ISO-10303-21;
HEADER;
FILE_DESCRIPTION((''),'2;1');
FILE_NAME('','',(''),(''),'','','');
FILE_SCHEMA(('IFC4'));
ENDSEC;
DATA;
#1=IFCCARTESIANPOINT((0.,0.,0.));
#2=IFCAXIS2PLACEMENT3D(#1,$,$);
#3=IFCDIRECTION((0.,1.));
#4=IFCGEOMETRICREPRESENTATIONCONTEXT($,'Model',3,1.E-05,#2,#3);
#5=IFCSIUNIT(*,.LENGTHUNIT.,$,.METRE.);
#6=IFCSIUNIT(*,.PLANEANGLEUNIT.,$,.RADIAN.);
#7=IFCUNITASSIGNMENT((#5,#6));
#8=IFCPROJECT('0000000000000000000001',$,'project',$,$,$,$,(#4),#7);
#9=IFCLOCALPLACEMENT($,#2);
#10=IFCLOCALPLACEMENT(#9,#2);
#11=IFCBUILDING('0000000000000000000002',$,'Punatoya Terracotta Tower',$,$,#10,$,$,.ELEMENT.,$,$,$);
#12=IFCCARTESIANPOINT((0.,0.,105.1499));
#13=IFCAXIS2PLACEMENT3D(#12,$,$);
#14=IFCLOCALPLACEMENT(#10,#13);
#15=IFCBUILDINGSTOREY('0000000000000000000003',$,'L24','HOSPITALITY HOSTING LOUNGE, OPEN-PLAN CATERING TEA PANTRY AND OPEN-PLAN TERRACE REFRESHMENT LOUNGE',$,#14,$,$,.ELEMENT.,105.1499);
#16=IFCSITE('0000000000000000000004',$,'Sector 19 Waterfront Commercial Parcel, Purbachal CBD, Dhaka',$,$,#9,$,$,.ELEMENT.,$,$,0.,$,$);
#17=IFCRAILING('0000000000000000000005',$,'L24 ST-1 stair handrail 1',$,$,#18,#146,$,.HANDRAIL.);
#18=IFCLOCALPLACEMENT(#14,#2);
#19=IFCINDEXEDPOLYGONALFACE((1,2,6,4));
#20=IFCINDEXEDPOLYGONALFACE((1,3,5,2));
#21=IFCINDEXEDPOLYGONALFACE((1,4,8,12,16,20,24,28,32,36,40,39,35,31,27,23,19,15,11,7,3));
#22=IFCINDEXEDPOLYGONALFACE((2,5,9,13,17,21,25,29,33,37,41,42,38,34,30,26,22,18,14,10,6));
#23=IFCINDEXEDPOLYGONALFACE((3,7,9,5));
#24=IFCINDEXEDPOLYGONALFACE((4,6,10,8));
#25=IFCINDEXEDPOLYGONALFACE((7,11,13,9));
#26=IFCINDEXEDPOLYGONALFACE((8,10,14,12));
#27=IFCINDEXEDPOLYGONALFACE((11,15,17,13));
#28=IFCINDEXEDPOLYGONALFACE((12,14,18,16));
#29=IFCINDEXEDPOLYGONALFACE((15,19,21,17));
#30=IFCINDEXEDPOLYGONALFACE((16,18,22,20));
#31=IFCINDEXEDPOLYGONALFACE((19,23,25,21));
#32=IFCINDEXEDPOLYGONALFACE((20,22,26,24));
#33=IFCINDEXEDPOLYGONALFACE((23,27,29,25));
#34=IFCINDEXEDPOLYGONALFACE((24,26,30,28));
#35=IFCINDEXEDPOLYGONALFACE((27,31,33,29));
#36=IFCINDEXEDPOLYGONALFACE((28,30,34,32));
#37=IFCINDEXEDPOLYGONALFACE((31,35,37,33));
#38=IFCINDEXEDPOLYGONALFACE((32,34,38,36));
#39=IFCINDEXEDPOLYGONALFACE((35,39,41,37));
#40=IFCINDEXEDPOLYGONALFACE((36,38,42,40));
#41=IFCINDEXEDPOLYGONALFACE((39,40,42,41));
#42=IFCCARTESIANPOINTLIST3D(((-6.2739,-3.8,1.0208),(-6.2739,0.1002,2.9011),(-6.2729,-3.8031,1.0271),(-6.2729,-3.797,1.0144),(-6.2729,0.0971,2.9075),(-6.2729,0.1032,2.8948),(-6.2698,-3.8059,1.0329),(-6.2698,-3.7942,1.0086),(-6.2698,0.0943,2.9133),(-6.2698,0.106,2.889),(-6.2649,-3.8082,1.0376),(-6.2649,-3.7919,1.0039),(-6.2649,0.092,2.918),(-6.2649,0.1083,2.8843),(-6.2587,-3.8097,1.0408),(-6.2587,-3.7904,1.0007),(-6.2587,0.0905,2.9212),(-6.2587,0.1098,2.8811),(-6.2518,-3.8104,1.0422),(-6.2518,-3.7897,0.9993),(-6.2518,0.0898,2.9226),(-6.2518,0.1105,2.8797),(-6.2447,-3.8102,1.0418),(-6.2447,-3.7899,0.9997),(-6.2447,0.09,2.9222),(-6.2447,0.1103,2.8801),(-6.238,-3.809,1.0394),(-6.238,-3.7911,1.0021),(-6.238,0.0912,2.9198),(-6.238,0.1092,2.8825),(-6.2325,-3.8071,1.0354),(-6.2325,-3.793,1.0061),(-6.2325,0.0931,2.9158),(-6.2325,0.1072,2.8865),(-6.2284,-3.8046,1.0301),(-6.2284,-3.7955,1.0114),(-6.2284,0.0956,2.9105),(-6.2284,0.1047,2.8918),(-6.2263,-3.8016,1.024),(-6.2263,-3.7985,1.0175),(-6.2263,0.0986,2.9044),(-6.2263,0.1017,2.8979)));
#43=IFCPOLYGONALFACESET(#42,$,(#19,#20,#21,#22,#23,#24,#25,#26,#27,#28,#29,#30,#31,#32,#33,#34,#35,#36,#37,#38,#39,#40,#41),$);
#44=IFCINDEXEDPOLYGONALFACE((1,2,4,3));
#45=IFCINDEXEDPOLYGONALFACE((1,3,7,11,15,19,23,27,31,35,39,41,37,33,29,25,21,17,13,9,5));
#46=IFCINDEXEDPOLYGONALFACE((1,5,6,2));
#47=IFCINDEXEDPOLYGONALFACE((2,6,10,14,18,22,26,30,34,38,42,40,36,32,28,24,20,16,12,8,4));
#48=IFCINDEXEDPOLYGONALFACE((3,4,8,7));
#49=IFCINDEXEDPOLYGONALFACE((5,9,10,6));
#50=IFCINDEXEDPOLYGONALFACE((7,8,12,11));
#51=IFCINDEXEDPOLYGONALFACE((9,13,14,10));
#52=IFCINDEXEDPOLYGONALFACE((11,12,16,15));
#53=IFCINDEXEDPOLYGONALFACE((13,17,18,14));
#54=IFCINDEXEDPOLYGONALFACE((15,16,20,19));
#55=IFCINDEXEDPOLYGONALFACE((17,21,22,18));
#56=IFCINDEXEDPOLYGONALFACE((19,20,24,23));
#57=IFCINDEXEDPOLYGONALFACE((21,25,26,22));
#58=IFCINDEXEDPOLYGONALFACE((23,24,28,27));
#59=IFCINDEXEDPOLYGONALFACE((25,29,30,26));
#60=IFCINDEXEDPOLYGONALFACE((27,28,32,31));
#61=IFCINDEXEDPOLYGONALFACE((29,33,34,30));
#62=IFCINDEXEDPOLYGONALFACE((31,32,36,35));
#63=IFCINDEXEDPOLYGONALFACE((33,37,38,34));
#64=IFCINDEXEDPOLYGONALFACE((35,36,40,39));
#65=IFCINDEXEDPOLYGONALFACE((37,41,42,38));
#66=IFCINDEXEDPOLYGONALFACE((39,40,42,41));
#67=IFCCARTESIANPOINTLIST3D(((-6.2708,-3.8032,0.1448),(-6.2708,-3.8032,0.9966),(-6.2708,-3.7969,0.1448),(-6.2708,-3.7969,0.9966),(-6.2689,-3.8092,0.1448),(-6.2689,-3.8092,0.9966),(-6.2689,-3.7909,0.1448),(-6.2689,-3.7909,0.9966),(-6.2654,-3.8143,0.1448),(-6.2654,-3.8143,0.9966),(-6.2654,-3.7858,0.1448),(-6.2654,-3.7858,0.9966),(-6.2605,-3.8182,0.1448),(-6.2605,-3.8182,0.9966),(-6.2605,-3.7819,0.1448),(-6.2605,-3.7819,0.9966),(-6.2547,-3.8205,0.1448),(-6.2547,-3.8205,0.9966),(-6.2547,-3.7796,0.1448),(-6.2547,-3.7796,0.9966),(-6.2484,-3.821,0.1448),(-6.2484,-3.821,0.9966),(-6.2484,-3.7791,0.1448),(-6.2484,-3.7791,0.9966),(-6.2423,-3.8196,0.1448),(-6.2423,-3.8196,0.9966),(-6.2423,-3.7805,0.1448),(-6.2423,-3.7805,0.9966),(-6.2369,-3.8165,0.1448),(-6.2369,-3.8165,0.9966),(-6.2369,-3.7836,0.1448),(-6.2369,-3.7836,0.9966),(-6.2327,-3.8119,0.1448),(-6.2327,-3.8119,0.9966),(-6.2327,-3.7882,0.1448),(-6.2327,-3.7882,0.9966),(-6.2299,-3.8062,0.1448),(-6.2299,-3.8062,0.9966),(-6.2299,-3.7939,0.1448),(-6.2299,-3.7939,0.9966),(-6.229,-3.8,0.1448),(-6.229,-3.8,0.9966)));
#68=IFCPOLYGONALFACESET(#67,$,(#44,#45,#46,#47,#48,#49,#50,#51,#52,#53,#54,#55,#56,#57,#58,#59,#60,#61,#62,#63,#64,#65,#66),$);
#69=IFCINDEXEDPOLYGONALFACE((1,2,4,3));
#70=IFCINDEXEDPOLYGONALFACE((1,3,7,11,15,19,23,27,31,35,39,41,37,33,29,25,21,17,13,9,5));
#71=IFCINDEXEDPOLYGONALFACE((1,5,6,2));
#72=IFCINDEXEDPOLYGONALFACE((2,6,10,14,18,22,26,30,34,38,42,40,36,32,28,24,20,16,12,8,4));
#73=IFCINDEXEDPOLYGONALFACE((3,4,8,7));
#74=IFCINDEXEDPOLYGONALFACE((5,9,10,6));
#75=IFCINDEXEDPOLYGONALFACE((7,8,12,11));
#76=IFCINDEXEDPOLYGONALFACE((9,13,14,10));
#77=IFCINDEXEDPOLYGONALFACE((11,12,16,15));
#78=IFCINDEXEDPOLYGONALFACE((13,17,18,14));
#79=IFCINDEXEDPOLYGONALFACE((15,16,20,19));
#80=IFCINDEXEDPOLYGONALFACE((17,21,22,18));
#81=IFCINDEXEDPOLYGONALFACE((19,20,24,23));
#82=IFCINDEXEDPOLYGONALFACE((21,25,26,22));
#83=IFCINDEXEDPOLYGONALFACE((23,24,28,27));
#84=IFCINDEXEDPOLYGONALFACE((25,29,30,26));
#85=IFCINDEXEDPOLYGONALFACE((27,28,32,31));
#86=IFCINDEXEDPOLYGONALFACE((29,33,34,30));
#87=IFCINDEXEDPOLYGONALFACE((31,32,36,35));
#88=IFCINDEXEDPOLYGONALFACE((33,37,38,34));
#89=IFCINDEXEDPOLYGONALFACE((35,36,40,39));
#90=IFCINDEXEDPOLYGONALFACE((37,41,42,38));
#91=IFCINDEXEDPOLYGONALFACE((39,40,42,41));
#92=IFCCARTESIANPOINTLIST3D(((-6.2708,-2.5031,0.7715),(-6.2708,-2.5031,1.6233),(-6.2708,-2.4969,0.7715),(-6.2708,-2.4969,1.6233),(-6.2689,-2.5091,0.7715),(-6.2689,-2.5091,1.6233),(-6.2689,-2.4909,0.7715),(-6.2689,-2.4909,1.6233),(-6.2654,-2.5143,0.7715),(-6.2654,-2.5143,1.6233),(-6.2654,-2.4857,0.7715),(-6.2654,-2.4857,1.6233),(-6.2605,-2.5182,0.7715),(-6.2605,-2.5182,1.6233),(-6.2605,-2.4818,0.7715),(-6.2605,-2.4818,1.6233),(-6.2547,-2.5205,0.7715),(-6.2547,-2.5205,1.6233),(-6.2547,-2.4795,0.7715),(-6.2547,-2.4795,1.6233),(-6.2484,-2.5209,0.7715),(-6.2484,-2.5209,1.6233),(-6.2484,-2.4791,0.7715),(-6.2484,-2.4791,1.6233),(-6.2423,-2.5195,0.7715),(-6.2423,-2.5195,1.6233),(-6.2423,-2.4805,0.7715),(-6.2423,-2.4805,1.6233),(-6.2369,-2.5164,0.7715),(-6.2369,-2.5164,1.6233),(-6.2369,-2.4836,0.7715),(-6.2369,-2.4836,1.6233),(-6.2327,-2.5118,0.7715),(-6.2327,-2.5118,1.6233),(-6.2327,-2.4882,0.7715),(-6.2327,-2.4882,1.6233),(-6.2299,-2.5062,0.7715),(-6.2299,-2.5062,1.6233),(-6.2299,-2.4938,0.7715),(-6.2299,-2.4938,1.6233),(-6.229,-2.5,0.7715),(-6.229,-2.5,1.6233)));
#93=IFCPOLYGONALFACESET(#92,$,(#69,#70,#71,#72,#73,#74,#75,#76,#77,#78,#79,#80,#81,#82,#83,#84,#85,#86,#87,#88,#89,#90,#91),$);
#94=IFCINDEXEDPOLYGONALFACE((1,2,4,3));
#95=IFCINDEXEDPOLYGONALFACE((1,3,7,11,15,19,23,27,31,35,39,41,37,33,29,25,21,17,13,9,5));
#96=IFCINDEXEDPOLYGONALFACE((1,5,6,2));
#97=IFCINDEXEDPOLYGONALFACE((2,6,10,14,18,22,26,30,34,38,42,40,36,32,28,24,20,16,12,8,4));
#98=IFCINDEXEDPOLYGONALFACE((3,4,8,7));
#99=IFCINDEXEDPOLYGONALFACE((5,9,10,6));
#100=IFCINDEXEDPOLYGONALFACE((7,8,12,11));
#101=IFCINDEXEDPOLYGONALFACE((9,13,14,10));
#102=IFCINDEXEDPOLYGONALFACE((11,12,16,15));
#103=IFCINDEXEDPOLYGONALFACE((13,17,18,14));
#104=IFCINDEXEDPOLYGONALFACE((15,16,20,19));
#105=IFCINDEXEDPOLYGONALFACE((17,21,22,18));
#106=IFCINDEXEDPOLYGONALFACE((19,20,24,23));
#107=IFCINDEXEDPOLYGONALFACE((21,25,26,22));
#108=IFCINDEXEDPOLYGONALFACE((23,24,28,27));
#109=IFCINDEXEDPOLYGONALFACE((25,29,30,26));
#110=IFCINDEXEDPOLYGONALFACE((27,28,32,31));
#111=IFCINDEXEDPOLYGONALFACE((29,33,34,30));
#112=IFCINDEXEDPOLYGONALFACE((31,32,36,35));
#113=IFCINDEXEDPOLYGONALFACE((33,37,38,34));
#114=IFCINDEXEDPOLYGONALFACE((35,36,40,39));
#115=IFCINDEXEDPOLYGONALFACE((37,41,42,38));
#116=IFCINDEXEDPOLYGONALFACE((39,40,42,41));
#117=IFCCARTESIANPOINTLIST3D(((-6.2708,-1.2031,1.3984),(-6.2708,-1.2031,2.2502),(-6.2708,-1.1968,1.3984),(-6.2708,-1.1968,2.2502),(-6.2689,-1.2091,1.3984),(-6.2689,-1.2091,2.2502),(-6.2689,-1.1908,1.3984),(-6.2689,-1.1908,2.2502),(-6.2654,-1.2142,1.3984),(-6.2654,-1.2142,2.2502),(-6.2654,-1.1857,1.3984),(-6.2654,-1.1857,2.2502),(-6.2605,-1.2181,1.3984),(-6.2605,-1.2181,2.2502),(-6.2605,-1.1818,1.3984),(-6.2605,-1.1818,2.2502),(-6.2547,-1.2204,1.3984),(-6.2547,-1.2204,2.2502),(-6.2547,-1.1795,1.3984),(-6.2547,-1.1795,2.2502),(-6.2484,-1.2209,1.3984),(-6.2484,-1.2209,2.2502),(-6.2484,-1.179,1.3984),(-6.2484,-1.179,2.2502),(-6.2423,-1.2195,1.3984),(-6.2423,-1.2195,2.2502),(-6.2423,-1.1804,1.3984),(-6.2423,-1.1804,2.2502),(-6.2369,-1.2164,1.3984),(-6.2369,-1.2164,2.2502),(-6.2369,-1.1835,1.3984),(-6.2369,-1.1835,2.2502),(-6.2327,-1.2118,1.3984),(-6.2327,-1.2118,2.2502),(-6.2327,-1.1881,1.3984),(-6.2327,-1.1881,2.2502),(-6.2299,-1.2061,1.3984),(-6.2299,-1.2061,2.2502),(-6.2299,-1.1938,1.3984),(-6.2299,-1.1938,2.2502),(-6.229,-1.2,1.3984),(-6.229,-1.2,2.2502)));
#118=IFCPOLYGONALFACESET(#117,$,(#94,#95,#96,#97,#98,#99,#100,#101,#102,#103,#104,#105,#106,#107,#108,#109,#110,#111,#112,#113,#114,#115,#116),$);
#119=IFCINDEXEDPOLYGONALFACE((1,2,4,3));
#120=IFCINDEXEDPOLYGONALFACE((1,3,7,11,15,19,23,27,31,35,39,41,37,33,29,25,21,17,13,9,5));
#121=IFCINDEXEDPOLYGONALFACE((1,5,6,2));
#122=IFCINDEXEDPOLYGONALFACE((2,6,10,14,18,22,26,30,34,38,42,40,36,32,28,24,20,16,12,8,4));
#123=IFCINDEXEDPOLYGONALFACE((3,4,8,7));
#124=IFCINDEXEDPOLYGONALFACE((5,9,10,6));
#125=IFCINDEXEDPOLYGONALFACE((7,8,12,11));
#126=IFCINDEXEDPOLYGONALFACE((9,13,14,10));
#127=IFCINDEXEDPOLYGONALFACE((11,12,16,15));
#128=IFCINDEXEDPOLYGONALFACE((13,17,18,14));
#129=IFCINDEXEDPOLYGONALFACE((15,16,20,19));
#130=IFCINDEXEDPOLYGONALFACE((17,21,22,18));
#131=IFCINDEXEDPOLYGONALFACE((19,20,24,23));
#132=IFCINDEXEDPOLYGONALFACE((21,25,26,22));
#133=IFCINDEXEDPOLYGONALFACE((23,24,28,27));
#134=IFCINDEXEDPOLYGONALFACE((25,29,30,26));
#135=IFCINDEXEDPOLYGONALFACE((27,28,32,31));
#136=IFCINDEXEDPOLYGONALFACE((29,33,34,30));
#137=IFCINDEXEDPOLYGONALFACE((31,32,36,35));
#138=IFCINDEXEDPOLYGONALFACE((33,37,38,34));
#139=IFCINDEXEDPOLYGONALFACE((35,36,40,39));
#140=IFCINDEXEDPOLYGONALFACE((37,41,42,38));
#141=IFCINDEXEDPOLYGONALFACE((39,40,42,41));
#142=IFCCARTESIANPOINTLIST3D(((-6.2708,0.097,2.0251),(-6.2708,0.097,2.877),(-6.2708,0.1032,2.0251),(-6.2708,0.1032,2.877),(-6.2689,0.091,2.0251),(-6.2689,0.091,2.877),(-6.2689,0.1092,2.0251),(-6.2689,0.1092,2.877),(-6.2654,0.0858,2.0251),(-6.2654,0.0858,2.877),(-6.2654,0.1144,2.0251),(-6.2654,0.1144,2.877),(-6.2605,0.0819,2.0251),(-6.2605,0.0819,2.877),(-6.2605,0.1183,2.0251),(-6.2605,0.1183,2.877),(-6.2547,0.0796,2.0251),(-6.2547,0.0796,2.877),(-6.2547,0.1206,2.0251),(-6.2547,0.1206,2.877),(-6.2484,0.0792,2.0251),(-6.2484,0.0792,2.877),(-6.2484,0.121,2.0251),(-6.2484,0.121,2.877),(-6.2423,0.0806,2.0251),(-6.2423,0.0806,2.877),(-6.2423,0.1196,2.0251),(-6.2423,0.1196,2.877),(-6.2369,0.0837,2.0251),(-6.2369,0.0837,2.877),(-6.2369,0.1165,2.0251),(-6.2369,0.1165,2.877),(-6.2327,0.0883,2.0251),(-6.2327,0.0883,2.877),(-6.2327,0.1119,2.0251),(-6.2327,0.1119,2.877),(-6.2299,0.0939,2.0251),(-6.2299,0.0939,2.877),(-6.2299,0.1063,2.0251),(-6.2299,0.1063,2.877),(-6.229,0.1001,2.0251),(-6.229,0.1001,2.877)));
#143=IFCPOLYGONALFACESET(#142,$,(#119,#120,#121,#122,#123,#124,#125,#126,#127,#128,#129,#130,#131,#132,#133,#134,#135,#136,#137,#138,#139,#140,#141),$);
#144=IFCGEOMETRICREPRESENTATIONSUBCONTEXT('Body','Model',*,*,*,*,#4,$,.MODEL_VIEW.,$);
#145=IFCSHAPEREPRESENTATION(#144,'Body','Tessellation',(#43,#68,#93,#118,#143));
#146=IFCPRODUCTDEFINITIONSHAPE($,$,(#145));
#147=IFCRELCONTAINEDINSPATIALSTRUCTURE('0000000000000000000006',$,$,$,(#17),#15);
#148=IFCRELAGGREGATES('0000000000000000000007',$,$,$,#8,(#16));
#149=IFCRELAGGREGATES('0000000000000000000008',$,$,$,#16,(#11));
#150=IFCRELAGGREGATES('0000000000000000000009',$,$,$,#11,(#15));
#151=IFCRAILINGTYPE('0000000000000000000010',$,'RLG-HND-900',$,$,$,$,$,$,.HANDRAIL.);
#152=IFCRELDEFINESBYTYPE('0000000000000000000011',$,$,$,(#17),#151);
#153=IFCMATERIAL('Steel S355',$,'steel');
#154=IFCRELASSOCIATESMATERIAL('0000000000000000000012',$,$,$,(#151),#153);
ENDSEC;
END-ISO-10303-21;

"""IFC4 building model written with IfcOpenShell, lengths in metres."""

from ifc_helpers import new_model, si_unit, direction, frame, origin, origin_2d, place, context, subcontext, project, spatial, circle, extrude, material, type_object, element, save


model = new_model("IFC4")

# Units and contexts
model_context = context("Model", 3, precision=1e-05, world=origin(), true_north=direction((0.0, 1.0)))
body_context = subcontext(model_context, "Body", "Model", "MODEL_VIEW")
ifc_project = project(units=[si_unit("LENGTHUNIT", "METRE"), si_unit("PLANEANGLEUNIT", "RADIAN")], contexts=[model_context])

# Site, building, storey
site_placement = place(None, origin())
site = spatial("IfcSite", under=ifc_project, at=site_placement, Name="Sector 19 Waterfront Commercial Parcel, Purbachal CBD, Dhaka", CompositionType="ELEMENT", RefElevation=0.0)
building_placement = place(site_placement, origin())
building = spatial("IfcBuilding", under=site, at=building_placement, Name="Punatoya Terracotta Tower", CompositionType="ELEMENT")
storey_placement = place(building_placement, frame((0.0, 0.0, 105.1499)))
storey = spatial("IfcBuildingStorey", under=building, at=storey_placement, Name="L24", Description="HOSPITALITY HOSTING LOUNGE, OPEN-PLAN CATERING TEA PANTRY AND OPEN-PLAN TERRACE REFRESHMENT LOUNGE", CompositionType="ELEMENT", Elevation=105.1499)

# Shared definitions
ifc_material_1 = material(Name="Steel S355", Category="steel")

# Railing
railing_type_1 = type_object("IfcRailingType", Name="RLG-HND-900", PredefinedType="HANDRAIL", material=ifc_material_1)
railing_1_placement = place(storey_placement, frame((-6.25, -3.8, 0.1448)))
element("IfcRailing", 1, at=railing_1_placement, inside=storey, type_object=railing_type_1, Name="L24 ST-1 stair handrail 1", PredefinedType="HANDRAIL", context=body_context, shape_type="SweptSolid", body=[
    extrude(circle(Radius=0.0239, at=origin_2d()), frame((0.0, 0.0, 0.876), z_axis=(0.0, 0.900774, 0.434289), x_axis=(-1.0, 0.0, 0.0)), (0.0, 0.0, 1.0), 4.3298),
    extrude(circle(Radius=0.021, at=origin_2d()), origin(), (0.0, 0.0, 1.0), 0.8518),
    extrude(circle(Radius=0.021, at=origin_2d()), frame((0.0, 1.3, 0.6267)), (0.0, 0.0, 1.0), 0.8518),
    extrude(circle(Radius=0.021, at=origin_2d()), frame((0.0, 2.6001, 1.2537)), (0.0, 0.0, 1.0), 0.8518),
    extrude(circle(Radius=0.021, at=origin_2d()), frame((0.0, 3.9001, 1.8804)), (0.0, 0.0, 1.0), 0.8518),
])

save(model, "model.ifc")
